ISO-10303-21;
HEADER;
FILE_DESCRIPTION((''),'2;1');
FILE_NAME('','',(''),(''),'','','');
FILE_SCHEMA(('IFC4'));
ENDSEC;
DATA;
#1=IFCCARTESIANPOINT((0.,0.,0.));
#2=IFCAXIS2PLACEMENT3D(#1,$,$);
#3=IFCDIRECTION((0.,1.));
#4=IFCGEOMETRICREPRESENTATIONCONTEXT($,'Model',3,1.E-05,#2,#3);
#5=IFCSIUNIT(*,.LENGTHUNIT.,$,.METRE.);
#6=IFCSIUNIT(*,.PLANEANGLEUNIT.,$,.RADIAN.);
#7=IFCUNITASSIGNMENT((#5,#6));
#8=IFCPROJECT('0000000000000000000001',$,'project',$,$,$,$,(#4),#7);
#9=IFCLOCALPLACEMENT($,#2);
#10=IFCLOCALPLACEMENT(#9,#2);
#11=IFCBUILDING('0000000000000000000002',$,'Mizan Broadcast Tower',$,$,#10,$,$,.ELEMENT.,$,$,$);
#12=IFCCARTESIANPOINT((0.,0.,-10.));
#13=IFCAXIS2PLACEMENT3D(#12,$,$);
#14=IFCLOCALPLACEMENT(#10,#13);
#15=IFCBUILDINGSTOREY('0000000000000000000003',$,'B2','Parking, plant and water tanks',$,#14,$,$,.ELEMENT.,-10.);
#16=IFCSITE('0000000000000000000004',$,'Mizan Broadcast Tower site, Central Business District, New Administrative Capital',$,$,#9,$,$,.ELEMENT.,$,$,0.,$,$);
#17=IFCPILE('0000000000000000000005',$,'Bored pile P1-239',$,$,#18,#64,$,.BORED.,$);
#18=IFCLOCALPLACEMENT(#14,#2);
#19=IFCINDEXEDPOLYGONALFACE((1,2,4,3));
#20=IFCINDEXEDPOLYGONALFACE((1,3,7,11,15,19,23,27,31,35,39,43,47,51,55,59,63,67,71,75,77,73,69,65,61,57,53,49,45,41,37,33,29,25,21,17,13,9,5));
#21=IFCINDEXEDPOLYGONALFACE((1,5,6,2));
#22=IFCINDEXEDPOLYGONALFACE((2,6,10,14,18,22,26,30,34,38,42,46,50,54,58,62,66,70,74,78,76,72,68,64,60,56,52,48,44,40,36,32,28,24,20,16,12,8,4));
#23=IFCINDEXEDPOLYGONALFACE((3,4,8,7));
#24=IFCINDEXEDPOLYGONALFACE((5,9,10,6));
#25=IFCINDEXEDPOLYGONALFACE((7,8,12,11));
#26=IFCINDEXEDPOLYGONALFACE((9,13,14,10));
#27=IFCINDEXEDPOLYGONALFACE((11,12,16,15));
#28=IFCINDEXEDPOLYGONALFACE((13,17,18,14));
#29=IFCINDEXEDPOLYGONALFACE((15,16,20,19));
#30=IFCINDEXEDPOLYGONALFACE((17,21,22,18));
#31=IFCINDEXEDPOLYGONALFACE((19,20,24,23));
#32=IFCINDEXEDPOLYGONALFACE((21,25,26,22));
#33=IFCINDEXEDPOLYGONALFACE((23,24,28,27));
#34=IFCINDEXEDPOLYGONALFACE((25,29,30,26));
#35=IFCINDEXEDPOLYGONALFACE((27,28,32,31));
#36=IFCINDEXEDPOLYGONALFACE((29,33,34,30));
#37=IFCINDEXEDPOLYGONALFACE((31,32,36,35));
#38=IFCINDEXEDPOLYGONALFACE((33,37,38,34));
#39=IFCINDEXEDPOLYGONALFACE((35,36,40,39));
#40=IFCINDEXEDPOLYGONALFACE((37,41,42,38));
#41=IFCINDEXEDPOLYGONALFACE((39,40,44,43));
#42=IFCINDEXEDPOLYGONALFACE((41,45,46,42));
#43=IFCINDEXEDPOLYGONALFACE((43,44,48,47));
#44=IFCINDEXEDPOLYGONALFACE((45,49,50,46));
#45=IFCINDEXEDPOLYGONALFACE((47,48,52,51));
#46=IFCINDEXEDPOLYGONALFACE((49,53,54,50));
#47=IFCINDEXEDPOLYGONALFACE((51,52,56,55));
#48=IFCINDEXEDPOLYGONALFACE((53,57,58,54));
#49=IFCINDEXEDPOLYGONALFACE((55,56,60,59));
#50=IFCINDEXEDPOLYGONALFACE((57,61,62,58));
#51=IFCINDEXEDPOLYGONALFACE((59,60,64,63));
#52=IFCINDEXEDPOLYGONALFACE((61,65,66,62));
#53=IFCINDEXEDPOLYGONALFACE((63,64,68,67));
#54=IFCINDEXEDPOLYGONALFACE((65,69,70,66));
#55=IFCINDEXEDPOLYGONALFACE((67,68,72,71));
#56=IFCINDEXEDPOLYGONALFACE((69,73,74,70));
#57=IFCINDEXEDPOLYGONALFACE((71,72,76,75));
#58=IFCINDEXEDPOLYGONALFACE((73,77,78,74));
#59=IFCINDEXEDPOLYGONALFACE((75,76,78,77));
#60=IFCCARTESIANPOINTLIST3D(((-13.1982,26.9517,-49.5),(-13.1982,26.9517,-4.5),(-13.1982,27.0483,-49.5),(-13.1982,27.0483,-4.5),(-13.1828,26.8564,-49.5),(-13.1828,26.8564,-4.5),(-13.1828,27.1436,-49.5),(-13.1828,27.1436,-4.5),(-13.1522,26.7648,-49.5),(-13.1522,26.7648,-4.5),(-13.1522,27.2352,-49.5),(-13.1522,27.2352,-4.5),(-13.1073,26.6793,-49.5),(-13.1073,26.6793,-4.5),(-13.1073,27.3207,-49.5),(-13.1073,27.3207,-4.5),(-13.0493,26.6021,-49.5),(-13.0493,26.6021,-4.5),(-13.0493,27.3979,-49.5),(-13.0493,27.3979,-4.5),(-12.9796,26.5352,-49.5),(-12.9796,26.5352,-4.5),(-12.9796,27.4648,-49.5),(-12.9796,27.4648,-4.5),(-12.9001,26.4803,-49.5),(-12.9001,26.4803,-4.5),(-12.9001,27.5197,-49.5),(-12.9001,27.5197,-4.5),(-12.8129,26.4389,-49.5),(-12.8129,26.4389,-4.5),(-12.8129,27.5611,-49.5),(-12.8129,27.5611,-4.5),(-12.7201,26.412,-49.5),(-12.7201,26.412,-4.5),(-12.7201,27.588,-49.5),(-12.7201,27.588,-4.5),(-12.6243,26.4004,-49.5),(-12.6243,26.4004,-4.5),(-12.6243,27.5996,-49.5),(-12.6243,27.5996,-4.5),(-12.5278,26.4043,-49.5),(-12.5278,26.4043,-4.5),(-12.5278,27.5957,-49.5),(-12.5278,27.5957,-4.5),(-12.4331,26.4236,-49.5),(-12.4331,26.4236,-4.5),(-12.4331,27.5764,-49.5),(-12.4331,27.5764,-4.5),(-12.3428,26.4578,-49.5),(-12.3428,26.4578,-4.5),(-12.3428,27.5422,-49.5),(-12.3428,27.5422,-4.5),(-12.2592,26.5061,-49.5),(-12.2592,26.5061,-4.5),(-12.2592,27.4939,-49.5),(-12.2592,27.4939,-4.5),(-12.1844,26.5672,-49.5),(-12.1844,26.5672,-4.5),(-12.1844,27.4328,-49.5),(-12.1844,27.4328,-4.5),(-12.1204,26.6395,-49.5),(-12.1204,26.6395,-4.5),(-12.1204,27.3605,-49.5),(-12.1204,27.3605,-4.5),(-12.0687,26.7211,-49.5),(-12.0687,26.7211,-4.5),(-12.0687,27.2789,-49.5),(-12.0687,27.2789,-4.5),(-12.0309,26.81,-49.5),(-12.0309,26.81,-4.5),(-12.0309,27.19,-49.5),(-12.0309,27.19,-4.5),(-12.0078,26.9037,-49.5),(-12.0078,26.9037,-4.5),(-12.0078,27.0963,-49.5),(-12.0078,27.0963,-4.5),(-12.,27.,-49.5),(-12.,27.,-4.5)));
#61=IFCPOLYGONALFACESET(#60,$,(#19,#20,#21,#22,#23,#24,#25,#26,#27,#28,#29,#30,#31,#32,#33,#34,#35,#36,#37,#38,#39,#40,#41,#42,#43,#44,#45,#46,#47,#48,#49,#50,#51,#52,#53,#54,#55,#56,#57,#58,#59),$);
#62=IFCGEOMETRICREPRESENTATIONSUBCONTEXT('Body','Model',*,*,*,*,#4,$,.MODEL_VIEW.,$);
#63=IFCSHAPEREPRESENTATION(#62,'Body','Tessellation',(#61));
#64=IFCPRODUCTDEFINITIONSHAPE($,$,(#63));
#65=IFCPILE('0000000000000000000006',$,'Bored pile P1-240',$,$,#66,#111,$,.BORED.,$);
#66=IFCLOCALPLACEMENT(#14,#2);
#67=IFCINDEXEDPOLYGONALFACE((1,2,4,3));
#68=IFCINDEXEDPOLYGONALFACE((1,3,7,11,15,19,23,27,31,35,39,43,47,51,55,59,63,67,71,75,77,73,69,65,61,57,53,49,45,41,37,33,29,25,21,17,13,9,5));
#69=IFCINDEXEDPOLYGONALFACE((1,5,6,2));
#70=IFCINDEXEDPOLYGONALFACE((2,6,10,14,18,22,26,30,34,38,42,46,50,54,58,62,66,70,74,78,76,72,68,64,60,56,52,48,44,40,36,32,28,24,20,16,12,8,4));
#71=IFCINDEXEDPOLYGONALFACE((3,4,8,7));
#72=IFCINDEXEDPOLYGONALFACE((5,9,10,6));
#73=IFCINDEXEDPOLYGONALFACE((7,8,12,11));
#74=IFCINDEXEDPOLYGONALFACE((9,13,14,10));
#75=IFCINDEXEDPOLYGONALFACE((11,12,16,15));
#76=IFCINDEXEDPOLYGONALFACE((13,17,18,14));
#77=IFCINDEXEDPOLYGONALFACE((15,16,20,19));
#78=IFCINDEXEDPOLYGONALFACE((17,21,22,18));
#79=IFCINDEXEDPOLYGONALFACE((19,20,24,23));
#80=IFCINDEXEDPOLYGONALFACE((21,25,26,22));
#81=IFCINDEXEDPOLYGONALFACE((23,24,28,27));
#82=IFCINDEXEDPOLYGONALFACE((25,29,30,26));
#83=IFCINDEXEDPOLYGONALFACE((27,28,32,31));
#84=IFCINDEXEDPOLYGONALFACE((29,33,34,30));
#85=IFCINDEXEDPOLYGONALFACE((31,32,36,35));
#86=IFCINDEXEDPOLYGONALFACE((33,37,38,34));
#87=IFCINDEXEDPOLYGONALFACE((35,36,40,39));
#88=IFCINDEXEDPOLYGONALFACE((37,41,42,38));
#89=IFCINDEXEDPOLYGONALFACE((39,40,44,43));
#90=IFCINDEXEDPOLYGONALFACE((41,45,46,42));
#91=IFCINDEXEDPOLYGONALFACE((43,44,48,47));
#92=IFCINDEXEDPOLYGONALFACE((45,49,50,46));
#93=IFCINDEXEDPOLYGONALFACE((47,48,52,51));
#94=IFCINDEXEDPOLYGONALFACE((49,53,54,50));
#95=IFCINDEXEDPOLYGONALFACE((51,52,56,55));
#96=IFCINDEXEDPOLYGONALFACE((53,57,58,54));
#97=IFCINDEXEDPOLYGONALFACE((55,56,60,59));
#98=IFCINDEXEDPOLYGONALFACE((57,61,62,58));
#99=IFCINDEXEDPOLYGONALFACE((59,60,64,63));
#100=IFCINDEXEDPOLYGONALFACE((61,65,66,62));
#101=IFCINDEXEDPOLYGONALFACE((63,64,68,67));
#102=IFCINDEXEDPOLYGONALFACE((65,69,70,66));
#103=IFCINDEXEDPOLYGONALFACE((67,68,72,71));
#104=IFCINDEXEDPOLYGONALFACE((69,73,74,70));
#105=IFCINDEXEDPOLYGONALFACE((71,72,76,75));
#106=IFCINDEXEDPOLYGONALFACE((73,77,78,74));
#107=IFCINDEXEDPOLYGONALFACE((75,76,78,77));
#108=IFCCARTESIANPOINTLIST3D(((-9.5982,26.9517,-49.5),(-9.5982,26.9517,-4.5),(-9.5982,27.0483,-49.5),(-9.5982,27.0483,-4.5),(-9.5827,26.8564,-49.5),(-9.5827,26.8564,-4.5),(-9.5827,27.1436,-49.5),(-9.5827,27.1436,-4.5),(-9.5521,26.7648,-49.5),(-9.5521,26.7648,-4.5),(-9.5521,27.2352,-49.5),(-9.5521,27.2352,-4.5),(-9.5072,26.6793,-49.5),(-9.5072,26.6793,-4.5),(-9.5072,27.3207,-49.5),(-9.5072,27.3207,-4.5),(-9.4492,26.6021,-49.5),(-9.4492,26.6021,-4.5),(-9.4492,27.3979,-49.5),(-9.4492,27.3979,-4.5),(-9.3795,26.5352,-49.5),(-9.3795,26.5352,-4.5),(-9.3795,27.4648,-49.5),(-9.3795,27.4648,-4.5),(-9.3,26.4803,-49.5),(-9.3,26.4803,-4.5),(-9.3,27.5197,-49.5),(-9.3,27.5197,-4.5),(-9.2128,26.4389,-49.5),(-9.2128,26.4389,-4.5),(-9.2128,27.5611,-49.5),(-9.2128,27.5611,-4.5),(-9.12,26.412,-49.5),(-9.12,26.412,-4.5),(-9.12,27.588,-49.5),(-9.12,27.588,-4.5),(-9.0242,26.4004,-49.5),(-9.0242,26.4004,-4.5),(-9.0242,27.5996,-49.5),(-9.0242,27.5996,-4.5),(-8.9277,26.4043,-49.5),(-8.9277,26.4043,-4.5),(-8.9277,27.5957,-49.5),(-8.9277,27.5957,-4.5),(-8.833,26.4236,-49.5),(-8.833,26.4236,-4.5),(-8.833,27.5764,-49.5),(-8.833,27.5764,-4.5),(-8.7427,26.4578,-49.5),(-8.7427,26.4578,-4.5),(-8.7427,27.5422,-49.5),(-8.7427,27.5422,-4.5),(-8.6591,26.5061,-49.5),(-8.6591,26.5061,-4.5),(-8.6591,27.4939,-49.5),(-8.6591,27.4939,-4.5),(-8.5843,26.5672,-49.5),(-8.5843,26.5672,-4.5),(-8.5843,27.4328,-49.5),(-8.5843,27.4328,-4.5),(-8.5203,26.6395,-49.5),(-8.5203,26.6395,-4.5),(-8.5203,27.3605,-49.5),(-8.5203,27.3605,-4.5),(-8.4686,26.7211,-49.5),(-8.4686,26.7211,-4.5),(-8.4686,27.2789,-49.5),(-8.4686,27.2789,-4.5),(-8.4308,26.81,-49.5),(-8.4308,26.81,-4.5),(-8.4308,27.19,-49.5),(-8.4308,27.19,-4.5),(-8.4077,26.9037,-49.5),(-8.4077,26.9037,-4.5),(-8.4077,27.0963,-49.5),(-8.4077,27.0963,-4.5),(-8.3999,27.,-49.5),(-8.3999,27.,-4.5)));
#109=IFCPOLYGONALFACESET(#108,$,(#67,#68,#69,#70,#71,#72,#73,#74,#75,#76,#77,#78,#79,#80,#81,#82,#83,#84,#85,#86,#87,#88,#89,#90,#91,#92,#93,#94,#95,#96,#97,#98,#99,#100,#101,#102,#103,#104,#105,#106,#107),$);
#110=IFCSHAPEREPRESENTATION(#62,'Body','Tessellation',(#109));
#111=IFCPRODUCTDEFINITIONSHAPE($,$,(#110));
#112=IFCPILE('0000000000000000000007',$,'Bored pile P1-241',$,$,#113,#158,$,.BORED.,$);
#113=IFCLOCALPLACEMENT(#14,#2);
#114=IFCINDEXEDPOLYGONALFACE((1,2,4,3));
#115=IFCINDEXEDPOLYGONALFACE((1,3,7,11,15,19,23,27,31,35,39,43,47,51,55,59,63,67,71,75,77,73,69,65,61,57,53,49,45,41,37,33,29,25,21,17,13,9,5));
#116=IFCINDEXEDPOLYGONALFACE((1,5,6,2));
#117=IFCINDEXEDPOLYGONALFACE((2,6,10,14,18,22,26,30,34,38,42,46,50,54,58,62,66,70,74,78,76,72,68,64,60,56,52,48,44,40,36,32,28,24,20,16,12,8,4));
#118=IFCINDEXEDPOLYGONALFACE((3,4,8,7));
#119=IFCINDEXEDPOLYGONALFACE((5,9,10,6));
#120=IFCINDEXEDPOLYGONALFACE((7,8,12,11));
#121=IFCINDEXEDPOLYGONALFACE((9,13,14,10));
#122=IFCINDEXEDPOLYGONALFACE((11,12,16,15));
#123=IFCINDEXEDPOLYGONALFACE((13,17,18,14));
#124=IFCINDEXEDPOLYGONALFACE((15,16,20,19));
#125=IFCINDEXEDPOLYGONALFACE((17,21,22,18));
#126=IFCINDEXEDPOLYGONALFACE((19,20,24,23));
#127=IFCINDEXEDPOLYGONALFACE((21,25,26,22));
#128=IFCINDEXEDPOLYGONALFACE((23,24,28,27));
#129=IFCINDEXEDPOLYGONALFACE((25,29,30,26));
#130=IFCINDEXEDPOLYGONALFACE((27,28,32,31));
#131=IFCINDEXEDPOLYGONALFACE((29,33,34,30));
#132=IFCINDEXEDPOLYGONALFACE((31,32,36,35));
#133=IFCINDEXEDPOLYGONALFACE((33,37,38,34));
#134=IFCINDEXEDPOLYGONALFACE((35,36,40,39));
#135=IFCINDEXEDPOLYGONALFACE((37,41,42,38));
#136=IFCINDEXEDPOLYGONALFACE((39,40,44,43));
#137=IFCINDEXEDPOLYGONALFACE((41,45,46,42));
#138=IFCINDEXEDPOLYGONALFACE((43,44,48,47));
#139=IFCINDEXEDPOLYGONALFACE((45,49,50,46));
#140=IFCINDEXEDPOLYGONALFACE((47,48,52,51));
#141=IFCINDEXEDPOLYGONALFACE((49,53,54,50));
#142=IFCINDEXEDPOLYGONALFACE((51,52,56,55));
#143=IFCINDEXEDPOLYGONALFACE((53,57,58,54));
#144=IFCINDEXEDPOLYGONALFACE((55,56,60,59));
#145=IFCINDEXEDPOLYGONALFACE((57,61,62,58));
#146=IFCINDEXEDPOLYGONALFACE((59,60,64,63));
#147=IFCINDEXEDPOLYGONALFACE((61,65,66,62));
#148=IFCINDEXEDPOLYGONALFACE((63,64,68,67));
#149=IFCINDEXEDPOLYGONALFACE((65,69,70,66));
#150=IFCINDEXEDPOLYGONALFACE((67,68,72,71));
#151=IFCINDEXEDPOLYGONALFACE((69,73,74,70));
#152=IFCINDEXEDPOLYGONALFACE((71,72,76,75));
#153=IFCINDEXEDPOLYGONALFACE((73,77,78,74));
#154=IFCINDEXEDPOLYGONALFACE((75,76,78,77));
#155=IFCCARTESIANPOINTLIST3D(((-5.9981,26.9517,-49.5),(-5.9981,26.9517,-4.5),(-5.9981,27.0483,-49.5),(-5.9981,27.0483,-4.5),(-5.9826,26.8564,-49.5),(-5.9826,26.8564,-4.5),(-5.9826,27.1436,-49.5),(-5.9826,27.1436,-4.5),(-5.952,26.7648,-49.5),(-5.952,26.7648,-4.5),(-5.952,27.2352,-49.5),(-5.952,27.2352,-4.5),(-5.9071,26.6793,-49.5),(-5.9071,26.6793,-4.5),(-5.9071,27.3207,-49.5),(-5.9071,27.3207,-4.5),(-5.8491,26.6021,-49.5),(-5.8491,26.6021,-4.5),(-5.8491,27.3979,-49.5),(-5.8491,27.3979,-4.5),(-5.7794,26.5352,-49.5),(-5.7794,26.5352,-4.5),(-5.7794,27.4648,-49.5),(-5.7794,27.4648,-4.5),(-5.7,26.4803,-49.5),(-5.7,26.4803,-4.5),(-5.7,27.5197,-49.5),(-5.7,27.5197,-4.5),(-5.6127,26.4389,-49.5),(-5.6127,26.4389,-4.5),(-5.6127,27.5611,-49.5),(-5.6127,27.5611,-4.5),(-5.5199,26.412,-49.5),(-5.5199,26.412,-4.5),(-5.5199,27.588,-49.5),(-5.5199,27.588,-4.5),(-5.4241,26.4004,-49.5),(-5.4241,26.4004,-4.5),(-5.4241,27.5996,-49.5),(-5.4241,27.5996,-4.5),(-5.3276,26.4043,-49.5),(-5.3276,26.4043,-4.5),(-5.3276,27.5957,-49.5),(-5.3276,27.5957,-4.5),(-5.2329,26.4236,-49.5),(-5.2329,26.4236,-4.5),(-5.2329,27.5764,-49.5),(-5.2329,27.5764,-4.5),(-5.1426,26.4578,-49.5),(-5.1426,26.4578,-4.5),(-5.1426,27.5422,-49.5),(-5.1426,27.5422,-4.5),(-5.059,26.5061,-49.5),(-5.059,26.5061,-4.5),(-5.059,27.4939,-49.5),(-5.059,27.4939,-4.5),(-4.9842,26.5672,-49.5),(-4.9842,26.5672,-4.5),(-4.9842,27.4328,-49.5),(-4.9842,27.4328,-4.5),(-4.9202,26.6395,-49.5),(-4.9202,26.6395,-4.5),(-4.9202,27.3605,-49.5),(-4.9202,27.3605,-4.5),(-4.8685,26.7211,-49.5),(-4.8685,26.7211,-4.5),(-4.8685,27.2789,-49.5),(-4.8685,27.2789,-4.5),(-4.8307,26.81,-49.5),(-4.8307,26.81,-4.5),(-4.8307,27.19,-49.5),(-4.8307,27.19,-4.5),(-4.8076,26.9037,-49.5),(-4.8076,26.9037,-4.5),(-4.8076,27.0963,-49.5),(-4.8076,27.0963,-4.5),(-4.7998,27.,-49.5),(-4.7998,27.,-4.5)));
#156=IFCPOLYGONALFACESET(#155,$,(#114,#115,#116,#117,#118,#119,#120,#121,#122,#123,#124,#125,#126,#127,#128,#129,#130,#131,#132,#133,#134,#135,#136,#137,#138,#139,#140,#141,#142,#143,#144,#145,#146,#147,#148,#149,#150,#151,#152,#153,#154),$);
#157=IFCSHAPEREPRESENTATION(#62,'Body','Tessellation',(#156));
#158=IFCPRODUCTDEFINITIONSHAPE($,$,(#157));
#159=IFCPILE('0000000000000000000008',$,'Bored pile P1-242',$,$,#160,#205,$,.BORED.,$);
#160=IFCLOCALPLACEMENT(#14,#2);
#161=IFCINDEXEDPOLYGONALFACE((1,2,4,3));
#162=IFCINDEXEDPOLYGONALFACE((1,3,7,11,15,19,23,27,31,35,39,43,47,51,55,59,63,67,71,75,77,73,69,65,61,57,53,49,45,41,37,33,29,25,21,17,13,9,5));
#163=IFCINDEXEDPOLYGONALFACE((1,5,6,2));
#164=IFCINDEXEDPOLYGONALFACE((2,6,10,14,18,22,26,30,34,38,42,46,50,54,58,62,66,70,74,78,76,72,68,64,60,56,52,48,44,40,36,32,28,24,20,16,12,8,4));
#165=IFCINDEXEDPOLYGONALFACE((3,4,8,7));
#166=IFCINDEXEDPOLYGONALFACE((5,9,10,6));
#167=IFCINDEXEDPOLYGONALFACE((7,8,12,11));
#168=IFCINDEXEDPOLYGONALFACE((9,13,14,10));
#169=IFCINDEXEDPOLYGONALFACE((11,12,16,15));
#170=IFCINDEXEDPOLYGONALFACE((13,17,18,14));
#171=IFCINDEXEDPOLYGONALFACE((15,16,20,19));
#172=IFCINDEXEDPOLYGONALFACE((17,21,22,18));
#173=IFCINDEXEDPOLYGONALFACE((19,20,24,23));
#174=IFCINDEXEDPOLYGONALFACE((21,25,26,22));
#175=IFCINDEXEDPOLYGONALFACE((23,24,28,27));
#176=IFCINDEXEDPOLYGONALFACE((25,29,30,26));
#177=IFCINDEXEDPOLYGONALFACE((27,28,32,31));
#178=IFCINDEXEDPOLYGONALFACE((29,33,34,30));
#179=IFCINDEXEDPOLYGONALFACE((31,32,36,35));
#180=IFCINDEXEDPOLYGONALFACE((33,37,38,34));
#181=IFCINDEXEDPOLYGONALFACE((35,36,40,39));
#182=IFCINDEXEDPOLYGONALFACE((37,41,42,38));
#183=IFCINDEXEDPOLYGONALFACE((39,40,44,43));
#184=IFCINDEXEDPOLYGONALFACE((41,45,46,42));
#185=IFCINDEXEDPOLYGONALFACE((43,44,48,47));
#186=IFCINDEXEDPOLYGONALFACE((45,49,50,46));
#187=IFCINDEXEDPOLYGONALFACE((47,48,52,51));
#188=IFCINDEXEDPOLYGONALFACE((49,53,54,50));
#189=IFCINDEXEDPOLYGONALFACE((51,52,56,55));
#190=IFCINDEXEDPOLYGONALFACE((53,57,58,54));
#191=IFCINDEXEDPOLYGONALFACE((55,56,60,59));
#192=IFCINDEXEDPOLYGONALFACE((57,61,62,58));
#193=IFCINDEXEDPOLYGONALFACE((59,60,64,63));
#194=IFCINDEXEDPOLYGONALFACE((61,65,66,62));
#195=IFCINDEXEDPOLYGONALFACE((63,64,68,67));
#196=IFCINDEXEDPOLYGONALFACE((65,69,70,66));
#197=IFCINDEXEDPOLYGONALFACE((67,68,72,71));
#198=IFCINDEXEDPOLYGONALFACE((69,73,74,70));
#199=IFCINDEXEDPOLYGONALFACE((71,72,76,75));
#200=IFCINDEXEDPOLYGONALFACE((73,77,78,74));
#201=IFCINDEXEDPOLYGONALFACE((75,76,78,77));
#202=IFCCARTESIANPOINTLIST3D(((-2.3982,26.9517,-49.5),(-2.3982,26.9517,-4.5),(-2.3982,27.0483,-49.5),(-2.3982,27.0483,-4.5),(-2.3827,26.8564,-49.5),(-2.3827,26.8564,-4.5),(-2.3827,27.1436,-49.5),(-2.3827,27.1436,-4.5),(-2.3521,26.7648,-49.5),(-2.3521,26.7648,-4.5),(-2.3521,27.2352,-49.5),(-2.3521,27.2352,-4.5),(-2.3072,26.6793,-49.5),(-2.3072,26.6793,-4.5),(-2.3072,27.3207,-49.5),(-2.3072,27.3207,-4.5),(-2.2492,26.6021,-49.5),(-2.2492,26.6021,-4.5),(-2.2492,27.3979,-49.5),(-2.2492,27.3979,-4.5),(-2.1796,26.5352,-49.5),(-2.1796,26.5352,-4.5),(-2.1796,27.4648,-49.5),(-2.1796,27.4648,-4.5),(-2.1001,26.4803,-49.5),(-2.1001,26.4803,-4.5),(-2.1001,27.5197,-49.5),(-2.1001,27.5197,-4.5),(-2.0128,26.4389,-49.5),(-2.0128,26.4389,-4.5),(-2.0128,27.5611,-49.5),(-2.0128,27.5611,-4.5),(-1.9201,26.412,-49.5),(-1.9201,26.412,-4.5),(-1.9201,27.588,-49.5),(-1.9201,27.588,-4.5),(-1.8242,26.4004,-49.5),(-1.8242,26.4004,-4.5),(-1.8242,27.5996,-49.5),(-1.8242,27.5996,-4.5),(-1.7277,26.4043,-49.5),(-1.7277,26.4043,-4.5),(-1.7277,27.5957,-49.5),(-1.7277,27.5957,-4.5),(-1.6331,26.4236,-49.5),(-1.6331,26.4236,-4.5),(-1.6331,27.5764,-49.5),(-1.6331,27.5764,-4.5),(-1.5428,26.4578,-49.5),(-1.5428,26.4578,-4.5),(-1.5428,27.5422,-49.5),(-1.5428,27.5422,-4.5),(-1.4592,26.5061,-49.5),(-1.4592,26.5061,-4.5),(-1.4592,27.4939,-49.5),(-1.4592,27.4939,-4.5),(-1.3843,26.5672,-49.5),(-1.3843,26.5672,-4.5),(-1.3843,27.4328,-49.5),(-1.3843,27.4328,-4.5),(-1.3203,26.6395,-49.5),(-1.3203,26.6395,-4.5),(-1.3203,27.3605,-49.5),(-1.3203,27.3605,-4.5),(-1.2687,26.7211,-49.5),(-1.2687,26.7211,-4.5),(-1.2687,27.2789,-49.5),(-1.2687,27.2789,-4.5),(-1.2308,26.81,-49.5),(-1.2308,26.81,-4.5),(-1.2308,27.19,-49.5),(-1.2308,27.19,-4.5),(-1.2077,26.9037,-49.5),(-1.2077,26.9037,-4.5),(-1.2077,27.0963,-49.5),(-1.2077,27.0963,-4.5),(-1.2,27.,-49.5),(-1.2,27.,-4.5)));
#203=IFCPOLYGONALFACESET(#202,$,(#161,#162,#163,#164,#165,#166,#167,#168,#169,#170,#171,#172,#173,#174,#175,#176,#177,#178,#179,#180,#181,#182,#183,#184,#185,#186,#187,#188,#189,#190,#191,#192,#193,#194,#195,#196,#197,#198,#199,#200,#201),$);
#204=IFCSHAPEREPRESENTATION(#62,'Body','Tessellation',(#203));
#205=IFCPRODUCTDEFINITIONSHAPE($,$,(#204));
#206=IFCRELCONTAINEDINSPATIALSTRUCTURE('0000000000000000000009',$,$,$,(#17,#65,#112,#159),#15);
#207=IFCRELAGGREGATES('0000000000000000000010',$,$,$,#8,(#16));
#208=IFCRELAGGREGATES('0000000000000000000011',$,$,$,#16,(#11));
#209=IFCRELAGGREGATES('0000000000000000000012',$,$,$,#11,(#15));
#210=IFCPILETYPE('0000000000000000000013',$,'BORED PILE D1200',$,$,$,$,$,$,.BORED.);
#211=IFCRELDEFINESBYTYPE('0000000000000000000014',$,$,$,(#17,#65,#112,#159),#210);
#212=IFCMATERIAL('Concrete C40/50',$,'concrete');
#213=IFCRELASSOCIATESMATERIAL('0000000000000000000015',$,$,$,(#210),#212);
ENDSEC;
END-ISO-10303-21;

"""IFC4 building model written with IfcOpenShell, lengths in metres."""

from ifc_helpers import new_model, si_unit, direction, frame, origin, origin_2d, place, context, subcontext, project, spatial, circle, extrude, material, material_profile, profile_set, type_object, element, save


model = new_model("IFC4")

# Units and contexts
model_context = context("Model", 3, precision=1e-05, world=origin(), true_north=direction((0.0, 1.0)))
body_context = subcontext(model_context, "Body", "Model", "MODEL_VIEW")
ifc_project = project(units=[si_unit("LENGTHUNIT", "METRE"), si_unit("PLANEANGLEUNIT", "RADIAN")], contexts=[model_context])

# Site, building, storey
site_placement = place(None, origin())
site = spatial("IfcSite", under=ifc_project, at=site_placement, Name="Mizan Broadcast Tower site, Central Business District, New Administrative Capital", CompositionType="ELEMENT", RefElevation=0.0)
building_placement = place(site_placement, origin())
building = spatial("IfcBuilding", under=site, at=building_placement, Name="Mizan Broadcast Tower", CompositionType="ELEMENT")
storey_placement = place(building_placement, frame((0.0, 0.0, -10.0)))
storey = spatial("IfcBuildingStorey", under=building, at=storey_placement, Name="B2", Description="Parking, plant and water tanks", CompositionType="ELEMENT", Elevation=-10.0)

# Piles
ifc_material_1 = material(Name="Concrete C40/50", Category="concrete")
ifc_material_profile_1 = material_profile(ifc_material_1, circle(Radius=0.6001, at=origin_2d()), Name="D1200")
ifc_profile_set_1 = profile_set([ifc_material_profile_1], Name="Concrete C40/50")
pile_type_1 = type_object("IfcPileType", Name="BORED PILE D1200", PredefinedType="BORED", material=ifc_profile_set_1)
for number, where, z_axis, x_axis, name in (
    (1, (-12.6001, 27.0, -4.5), (0.0, 0.0, -1.0), (1.0, 0.0, 0.0), "Bored pile P1-239"),
    (2, (-9.0, 27.0, -4.5), (0.0, 0.0, -1.0), (1.0, 0.0, 0.0), "Bored pile P1-240"),
    (3, (-5.3999, 27.0, -4.5), (0.0, 0.0, -1.0), (1.0, 0.0, 0.0), "Bored pile P1-241"),
    (4, (-1.8, 27.0, -4.5), (0.0, 0.0, -1.0), (1.0, 0.0, 0.0), "Bored pile P1-242"),
):
    element("IfcPile", number, at=place(storey_placement, frame(where, z_axis=z_axis, x_axis=x_axis)), inside=storey, type_object=pile_type_1, Name=name, PredefinedType="BORED", context=body_context, shape_type="SweptSolid", body=[
        extrude(circle(Radius=0.6001, at=origin_2d()), origin(), (0.0, 0.0, 1.0), 45.0),
    ])

save(model, "model.ifc")
